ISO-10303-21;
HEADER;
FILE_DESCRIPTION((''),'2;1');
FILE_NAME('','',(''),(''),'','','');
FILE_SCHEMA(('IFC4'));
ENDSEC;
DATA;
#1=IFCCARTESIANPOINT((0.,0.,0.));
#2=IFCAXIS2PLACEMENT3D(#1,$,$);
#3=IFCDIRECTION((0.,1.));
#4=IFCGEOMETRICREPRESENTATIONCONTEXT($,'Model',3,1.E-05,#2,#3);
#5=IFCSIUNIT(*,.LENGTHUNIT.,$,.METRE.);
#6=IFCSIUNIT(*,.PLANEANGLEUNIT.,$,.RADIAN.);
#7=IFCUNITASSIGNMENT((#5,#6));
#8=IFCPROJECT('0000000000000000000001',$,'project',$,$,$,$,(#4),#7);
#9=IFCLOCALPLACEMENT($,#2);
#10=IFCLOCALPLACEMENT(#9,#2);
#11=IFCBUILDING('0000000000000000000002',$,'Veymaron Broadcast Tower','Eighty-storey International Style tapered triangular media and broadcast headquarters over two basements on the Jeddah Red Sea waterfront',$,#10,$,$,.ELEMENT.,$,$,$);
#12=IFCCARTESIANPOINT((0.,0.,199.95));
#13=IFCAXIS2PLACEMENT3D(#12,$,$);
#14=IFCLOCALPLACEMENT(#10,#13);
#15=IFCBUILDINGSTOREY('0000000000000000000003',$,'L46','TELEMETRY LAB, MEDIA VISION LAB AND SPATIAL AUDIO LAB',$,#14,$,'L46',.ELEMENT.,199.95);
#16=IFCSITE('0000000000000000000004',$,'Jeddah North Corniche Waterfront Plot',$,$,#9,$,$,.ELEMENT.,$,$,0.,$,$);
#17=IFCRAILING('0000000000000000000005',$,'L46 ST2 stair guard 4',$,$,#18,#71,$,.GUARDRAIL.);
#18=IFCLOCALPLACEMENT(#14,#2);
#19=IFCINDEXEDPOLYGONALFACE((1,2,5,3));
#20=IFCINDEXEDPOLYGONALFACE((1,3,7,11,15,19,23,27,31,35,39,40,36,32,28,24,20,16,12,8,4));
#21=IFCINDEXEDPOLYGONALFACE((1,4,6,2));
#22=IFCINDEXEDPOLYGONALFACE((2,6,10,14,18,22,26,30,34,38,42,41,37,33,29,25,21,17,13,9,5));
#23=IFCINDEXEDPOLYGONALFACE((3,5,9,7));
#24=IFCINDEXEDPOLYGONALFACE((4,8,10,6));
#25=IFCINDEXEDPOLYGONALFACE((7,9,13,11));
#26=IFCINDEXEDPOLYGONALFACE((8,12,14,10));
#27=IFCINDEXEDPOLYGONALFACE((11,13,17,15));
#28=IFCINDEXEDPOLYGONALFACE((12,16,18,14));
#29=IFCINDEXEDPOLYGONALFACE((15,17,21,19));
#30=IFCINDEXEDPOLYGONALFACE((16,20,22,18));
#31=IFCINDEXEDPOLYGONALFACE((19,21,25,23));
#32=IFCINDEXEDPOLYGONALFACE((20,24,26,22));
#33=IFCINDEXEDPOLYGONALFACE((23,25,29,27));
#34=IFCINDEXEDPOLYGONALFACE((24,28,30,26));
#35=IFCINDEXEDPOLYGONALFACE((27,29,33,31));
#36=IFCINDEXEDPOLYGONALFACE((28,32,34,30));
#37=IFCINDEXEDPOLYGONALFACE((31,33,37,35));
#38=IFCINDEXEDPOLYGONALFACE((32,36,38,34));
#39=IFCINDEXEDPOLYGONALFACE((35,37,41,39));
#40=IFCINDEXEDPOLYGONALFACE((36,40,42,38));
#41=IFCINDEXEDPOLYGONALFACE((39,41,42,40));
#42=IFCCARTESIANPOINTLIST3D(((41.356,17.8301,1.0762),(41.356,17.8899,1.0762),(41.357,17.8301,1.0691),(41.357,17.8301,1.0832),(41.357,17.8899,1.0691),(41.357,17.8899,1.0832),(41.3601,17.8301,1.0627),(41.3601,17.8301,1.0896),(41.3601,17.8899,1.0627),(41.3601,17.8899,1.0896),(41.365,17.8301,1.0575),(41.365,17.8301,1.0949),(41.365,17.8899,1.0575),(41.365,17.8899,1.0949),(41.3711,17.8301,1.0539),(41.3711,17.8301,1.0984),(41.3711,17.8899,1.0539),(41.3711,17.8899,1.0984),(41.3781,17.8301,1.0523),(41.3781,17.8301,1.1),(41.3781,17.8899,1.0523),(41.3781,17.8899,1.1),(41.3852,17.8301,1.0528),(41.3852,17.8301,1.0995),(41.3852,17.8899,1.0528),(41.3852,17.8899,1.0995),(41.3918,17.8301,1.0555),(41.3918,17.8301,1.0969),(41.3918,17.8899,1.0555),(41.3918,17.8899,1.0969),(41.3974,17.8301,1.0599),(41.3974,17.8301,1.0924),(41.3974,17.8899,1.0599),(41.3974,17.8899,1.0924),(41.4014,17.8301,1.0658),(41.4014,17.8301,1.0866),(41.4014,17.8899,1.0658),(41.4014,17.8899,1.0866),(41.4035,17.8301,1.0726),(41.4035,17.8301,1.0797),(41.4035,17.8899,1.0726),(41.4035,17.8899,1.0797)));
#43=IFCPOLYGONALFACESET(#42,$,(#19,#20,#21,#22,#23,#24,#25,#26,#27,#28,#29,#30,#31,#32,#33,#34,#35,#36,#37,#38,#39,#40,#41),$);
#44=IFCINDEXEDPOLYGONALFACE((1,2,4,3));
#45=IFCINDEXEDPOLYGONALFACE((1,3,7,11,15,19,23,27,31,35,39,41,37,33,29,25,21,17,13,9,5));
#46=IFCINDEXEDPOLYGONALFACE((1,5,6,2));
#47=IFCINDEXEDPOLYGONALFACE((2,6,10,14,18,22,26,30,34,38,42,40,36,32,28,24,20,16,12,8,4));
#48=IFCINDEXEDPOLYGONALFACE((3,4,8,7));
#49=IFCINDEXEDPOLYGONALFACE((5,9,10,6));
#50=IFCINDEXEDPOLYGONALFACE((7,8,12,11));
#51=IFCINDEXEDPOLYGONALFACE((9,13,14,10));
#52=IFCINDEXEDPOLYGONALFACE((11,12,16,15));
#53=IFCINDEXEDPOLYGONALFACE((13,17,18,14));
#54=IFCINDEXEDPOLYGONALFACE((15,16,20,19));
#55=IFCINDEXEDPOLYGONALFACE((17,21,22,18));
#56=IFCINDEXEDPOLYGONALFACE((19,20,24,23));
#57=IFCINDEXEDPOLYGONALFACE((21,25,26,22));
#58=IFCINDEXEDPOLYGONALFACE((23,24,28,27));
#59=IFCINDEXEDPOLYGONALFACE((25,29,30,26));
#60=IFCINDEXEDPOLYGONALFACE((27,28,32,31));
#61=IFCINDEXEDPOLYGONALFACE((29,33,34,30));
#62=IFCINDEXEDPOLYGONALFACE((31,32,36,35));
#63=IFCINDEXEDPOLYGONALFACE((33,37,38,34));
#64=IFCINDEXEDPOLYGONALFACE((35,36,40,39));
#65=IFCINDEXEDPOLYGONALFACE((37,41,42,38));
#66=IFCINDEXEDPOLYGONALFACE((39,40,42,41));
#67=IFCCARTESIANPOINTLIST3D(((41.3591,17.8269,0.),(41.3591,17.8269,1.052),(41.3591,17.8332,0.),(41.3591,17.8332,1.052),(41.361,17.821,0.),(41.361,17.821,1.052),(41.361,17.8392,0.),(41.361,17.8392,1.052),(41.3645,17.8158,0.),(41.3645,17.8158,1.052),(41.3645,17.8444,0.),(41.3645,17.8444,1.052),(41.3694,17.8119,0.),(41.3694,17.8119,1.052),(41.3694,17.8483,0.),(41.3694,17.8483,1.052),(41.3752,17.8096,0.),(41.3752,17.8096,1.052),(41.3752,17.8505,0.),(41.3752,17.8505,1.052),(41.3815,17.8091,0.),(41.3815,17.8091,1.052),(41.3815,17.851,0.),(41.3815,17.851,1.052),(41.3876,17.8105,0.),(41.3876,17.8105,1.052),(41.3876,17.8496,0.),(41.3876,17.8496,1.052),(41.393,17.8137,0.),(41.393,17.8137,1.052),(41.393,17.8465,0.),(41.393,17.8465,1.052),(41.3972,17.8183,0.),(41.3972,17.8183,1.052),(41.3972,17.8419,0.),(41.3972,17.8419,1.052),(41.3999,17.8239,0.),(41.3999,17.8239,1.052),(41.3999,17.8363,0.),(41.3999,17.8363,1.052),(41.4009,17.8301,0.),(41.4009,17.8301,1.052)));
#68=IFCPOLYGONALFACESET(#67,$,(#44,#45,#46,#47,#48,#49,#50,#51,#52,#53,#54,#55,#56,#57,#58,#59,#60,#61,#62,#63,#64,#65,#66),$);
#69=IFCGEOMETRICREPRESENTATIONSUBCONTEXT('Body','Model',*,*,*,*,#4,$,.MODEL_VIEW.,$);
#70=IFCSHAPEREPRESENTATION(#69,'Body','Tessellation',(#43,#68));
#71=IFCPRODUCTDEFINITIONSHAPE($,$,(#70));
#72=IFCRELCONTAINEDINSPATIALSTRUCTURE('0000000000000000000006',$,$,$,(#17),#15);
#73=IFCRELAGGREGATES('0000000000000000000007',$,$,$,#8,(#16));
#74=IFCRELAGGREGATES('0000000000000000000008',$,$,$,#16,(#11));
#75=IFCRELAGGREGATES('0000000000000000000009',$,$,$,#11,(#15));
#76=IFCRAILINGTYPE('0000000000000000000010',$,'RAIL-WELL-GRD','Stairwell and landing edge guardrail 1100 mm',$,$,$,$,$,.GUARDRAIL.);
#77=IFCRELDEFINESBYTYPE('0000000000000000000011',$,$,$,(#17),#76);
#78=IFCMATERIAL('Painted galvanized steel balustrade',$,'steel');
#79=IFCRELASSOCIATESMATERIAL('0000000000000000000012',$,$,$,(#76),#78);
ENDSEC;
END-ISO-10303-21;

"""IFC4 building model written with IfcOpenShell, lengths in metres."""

from ifc_helpers import new_model, si_unit, direction, frame, origin, origin_2d, place, context, subcontext, project, spatial, circle, extrude, material, type_object, element, save


model = new_model("IFC4")

# Units and contexts
model_context = context("Model", 3, precision=1e-05, world=origin(), true_north=direction((0.0, 1.0)))
body_context = subcontext(model_context, "Body", "Model", "MODEL_VIEW")
ifc_project = project(units=[si_unit("LENGTHUNIT", "METRE"), si_unit("PLANEANGLEUNIT", "RADIAN")], contexts=[model_context])

# Site, building, storey
site_placement = place(None, origin())
site = spatial("IfcSite", under=ifc_project, at=site_placement, Name="Jeddah North Corniche Waterfront Plot", CompositionType="ELEMENT", RefElevation=0.0)
building_placement = place(site_placement, origin())
building = spatial("IfcBuilding", under=site, at=building_placement, Name="Veymaron Broadcast Tower", Description="Eighty-storey International Style tapered triangular media and broadcast headquarters over two basements on the Jeddah Red Sea waterfront", CompositionType="ELEMENT")
storey_placement = place(building_placement, frame((0.0, 0.0, 199.95)))
storey = spatial("IfcBuildingStorey", under=building, at=storey_placement, Name="L46", Description="TELEMETRY LAB, MEDIA VISION LAB AND SPATIAL AUDIO LAB", LongName="L46", CompositionType="ELEMENT", Elevation=199.95)

# Railing
ifc_material_1 = material(Name="Painted galvanized steel balustrade", Category="steel")
railing_type_1 = type_object("IfcRailingType", Name="RAIL-WELL-GRD", Description="Stairwell and landing edge guardrail 1100 mm", PredefinedType="GUARDRAIL", material=ifc_material_1)
railing_1_placement = place(storey_placement, frame((41.3799, 17.8301, 0.0)))
element("IfcRailing", 1, at=railing_1_placement, inside=storey, type_object=railing_type_1, Name="L46 ST2 stair guard 4", PredefinedType="GUARDRAIL", context=body_context, shape_type="SweptSolid", body=[
    extrude(circle(Radius=0.0239, at=origin_2d()), frame((0.0, 0.0, 1.0762), z_axis=(0.0, 1.0, 0.0), x_axis=(-1.0, 0.0, 0.0)), (0.0, 0.0, 1.0), 0.0598),
    extrude(circle(Radius=0.021, at=origin_2d()), origin(), (0.0, 0.0, 1.0), 1.052),
])

save(model, "model.ifc")
